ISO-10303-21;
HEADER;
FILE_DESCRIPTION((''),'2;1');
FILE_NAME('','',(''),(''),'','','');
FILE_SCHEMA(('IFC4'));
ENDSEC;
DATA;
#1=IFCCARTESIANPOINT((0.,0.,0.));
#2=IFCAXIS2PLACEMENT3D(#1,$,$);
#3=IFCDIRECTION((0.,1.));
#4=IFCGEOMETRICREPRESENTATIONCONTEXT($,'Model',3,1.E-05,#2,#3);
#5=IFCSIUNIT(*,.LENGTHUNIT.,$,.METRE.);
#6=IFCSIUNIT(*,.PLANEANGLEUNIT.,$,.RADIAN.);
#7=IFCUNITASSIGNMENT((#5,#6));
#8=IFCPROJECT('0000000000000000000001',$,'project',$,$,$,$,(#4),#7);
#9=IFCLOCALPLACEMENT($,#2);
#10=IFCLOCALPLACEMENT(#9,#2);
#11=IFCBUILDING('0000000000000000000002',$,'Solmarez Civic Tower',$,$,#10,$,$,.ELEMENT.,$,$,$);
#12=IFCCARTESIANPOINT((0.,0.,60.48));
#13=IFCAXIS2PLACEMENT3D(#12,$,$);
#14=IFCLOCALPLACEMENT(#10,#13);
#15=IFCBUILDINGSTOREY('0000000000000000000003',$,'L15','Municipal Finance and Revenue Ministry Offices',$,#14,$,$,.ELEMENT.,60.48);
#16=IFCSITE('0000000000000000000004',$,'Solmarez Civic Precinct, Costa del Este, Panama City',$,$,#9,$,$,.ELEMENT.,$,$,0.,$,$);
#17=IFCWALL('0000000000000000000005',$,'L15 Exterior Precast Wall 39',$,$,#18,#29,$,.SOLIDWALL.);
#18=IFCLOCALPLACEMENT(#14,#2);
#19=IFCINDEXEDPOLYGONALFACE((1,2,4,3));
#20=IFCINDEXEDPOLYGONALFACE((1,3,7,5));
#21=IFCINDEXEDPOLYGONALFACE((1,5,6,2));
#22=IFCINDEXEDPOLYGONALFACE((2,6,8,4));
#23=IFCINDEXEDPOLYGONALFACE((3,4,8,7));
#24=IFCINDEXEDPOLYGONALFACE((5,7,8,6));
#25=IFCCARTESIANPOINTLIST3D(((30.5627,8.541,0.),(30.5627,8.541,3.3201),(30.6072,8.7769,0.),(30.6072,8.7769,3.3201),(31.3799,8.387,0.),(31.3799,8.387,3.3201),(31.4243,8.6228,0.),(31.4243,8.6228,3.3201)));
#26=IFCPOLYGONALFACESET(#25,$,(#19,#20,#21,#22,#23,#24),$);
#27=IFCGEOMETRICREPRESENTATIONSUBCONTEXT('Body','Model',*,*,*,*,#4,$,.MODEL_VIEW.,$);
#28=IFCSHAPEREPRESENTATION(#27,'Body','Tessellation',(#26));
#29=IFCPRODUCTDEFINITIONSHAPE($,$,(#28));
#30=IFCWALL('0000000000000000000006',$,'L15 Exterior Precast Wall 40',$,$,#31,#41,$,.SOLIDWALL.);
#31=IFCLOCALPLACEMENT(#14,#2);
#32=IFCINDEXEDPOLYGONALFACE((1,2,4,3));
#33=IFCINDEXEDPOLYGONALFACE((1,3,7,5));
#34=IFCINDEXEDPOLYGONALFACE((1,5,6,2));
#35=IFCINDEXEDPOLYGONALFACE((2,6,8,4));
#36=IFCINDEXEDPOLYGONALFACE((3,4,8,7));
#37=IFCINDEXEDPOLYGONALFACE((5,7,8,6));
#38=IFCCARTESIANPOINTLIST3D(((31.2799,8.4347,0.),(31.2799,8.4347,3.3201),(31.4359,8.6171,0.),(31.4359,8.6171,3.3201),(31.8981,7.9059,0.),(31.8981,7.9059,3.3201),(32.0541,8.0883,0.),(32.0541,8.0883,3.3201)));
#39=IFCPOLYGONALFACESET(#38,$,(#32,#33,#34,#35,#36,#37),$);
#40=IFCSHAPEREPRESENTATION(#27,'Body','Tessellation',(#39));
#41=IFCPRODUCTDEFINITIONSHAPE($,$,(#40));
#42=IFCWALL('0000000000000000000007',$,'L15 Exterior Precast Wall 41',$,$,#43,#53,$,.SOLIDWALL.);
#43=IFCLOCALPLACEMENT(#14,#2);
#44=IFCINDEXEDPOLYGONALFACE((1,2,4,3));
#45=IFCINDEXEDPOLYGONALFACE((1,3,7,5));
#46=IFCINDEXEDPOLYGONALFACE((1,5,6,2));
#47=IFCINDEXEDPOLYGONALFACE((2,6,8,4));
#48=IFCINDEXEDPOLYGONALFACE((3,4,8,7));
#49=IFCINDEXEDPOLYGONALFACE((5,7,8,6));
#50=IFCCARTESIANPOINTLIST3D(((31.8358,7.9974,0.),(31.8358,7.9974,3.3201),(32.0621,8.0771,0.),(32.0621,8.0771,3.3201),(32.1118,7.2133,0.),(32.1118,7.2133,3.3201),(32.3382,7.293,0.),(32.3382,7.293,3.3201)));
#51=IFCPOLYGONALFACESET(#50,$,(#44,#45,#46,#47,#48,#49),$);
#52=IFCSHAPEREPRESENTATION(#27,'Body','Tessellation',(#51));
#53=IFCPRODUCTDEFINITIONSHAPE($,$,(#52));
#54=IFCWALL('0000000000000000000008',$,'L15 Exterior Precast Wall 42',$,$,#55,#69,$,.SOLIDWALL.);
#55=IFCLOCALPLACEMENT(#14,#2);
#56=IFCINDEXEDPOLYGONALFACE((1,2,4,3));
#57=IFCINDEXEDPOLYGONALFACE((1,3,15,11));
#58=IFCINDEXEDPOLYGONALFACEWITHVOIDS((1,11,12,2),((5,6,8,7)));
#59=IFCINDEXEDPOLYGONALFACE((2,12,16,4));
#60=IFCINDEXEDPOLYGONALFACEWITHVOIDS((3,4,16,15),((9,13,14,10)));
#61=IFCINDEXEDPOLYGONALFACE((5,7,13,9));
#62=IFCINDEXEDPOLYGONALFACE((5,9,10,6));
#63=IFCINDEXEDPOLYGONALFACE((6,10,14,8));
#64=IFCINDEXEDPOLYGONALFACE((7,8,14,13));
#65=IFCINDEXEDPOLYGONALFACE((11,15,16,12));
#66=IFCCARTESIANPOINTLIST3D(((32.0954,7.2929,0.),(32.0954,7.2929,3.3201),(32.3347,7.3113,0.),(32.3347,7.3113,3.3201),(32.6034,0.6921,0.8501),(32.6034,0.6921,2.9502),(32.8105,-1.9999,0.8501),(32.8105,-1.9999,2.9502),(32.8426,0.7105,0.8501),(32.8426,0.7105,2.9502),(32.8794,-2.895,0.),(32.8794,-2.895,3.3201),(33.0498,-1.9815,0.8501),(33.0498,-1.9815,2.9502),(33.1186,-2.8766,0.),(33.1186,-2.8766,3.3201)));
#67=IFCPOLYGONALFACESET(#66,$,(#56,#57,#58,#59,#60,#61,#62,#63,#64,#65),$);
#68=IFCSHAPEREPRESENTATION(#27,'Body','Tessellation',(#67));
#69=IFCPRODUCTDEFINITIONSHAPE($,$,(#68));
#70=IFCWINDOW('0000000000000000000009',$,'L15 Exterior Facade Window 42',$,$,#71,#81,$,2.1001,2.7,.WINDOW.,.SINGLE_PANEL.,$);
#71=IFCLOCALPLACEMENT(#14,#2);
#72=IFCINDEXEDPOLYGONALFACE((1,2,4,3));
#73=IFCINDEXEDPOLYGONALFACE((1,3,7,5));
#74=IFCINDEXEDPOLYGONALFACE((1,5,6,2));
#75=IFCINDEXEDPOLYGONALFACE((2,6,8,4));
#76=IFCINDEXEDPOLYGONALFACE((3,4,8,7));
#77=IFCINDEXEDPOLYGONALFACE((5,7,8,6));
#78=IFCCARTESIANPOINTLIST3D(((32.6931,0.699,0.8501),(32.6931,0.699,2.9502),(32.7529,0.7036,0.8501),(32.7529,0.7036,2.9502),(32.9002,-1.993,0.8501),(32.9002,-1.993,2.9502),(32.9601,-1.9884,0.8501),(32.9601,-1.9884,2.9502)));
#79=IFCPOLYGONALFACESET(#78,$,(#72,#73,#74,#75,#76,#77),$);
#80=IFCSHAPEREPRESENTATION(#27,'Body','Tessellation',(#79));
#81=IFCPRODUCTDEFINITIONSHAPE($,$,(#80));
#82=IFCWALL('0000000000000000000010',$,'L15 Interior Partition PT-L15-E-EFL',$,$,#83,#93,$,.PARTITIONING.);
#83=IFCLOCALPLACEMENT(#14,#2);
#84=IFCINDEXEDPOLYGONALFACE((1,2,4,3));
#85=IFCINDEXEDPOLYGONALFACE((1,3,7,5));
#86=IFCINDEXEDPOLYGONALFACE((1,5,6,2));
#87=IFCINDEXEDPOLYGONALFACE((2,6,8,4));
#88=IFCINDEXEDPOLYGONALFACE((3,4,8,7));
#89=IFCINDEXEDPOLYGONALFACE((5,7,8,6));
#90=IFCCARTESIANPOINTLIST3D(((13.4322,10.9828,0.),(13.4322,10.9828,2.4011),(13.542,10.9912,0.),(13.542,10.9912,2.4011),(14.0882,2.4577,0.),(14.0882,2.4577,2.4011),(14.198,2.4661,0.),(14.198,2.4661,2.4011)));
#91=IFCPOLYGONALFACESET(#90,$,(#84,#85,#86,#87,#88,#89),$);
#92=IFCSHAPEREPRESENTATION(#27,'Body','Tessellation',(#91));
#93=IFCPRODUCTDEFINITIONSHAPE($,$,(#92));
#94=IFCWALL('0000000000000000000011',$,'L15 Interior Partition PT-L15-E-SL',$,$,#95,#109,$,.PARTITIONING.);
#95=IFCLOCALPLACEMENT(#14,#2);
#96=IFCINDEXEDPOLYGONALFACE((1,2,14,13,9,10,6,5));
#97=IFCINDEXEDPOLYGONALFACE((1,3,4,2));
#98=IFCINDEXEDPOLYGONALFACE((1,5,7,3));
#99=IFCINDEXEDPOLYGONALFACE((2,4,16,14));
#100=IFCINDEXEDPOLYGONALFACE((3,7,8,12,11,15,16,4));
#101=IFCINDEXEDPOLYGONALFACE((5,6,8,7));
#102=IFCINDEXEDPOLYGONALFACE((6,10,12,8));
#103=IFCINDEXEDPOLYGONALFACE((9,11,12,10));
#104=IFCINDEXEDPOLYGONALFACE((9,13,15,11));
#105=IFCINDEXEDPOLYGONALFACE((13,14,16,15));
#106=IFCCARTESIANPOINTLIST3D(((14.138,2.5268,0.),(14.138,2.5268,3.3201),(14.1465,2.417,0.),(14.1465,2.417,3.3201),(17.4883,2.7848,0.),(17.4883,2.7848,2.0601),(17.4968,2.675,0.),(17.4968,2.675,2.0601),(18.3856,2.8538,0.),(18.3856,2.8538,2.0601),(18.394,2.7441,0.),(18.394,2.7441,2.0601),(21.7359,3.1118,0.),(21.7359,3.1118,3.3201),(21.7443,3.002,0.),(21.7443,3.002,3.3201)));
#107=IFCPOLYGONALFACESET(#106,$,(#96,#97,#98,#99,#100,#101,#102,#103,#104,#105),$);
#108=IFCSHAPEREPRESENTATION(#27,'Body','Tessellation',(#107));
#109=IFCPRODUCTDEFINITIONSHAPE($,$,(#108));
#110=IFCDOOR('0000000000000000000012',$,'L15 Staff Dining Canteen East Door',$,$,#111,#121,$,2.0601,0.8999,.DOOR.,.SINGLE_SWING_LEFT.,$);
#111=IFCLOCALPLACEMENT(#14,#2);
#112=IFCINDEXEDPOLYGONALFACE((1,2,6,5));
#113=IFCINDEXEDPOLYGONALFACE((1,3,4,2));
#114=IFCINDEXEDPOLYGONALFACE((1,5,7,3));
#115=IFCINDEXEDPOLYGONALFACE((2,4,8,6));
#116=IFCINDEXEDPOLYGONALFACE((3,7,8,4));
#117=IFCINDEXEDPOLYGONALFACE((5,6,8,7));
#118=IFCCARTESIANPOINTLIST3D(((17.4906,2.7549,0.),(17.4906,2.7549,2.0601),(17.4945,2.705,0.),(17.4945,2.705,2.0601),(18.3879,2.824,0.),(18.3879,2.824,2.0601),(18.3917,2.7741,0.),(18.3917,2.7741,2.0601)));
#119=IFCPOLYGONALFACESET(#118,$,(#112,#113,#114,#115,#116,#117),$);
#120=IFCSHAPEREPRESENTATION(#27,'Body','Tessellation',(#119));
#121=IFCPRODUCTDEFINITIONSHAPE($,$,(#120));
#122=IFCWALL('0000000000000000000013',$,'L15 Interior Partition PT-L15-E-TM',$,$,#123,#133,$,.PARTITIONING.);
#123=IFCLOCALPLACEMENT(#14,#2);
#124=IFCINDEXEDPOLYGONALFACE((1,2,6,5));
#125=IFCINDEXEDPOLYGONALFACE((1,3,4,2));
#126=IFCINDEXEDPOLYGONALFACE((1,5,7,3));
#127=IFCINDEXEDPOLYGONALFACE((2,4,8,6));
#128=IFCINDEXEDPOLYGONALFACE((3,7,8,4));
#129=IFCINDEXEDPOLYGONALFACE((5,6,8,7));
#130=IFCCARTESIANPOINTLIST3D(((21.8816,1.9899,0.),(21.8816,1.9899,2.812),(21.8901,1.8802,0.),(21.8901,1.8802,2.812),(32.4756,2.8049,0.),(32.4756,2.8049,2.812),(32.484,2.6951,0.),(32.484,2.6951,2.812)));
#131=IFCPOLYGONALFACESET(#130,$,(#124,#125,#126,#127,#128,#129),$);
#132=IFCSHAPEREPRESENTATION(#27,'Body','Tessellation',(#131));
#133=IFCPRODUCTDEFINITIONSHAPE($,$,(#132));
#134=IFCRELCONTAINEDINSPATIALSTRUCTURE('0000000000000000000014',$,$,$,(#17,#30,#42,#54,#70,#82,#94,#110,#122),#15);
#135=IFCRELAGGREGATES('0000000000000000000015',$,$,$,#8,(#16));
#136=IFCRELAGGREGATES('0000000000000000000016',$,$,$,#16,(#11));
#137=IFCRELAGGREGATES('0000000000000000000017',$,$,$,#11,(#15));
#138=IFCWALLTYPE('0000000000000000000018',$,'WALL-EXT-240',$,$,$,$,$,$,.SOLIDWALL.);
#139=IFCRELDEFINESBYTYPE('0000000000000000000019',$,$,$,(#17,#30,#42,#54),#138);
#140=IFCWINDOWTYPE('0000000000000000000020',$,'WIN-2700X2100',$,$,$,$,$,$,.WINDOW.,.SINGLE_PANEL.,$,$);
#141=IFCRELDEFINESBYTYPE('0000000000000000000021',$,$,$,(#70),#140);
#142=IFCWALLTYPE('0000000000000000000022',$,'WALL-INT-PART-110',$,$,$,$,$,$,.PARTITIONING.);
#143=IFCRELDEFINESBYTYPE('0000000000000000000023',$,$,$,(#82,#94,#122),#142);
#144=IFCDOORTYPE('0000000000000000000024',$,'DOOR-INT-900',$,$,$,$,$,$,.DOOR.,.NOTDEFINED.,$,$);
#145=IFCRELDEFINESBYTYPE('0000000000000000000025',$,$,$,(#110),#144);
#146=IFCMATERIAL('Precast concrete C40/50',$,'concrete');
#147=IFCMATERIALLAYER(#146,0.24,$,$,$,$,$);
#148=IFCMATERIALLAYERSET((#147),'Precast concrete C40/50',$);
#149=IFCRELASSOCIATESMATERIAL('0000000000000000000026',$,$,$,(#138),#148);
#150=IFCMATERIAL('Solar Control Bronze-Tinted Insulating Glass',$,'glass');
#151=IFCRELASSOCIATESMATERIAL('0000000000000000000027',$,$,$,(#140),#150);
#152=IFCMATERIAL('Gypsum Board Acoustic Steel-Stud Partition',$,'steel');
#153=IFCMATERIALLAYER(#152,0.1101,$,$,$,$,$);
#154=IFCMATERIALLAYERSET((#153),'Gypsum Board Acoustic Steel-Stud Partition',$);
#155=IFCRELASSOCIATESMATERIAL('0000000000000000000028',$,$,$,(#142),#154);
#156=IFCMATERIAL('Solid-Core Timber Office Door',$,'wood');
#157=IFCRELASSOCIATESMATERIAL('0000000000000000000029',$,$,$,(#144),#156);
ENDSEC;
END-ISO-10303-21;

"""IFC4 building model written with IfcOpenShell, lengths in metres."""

from ifc_helpers import new_model, si_unit, direction, frame, frame_2d, origin, place, context, subcontext, project, spatial, rectangle, extrude, material, layer, layer_set, type_object, element, fill, save


model = new_model("IFC4")

# Units and contexts
model_context = context("Model", 3, precision=1e-05, world=origin(), true_north=direction((0.0, 1.0)))
body_context = subcontext(model_context, "Body", "Model", "MODEL_VIEW")
ifc_project = project(units=[si_unit("LENGTHUNIT", "METRE"), si_unit("PLANEANGLEUNIT", "RADIAN")], contexts=[model_context])

# Site, building, storey
site_placement = place(None, origin())
site = spatial("IfcSite", under=ifc_project, at=site_placement, Name="Solmarez Civic Precinct, Costa del Este, Panama City", CompositionType="ELEMENT", RefElevation=0.0)
building_placement = place(site_placement, origin())
building = spatial("IfcBuilding", under=site, at=building_placement, Name="Solmarez Civic Tower", CompositionType="ELEMENT")
storey_placement = place(building_placement, frame((0.0, 0.0, 60.48)))
storey = spatial("IfcBuildingStorey", under=building, at=storey_placement, Name="L15", Description="Municipal Finance and Revenue Ministry Offices", CompositionType="ELEMENT", Elevation=60.48)

# Shared definitions
ifc_material_1 = material(Name="Precast concrete C40/50", Category="concrete")
ifc_layer_1 = layer(ifc_material_1, 0.24)
ifc_layer_set_1 = layer_set([ifc_layer_1], Name="Precast concrete C40/50")
wall_type_1 = type_object("IfcWallType", Name="WALL-EXT-240", PredefinedType="SOLIDWALL", material=ifc_layer_set_1)

# Shared definitions
ifc_material_2 = material(Name="Solar Control Bronze-Tinted Insulating Glass", Category="glass")

# Walls
wall_1_placement = place(storey_placement, frame((30.585, 8.6589, 0.0), z_axis=(0.0, 0.0, 1.0), x_axis=(0.982689, -0.185263, 0.0)))
element("IfcWall", 1, at=wall_1_placement, inside=storey, type_object=wall_type_1, Name="L15 Exterior Precast Wall 39", PredefinedType="SOLIDWALL", context=body_context, shape_type="SweptSolid", body=[
    extrude(rectangle(XDim=0.8315, YDim=0.24, at=frame_2d((0.4158, 0.0))), origin(), (0.0, 0.0, 1.0), 3.3201),
])
wall_2_placement = place(storey_placement, frame((31.3579, 8.5259, 0.0), z_axis=(0.0, 0.0, 1.0), x_axis=(0.759892, -0.65005, 0.0)))
element("IfcWall", 2, at=wall_2_placement, inside=storey, type_object=wall_type_1, Name="L15 Exterior Precast Wall 40", PredefinedType="SOLIDWALL", context=body_context, shape_type="SweptSolid", body=[
    extrude(rectangle(XDim=0.8135, YDim=0.24, at=frame_2d((0.4067, 0.0))), origin(), (0.0, 0.0, 1.0), 3.3201),
])
wall_3_placement = place(storey_placement, frame((31.949, 8.0371, 0.0), z_axis=(0.0, 0.0, 1.0), x_axis=(0.332129, -0.943234, 0.0)))
element("IfcWall", 3, at=wall_3_placement, inside=storey, type_object=wall_type_1, Name="L15 Exterior Precast Wall 41", PredefinedType="SOLIDWALL", context=body_context, shape_type="SweptSolid", body=[
    extrude(rectangle(XDim=0.8313, YDim=0.24, at=frame_2d((0.4155, 0.0))), origin(), (0.0, 0.0, 1.0), 3.3201),
])

# Wall, opening, window
wall_4_placement = place(storey_placement, frame((32.2151, 7.302, 0.0), z_axis=(0.0, 0.0, 1.0), x_axis=(0.07672, -0.997053, 0.0)))
wall_4 = element("IfcWall", 4, at=wall_4_placement, inside=storey, type_object=wall_type_1, Name="L15 Exterior Precast Wall 42", PredefinedType="SOLIDWALL", context=body_context, shape_type="SweptSolid", body=[
    extrude(rectangle(XDim=10.218, YDim=0.24, at=frame_2d((5.1089, 0.0))), origin(), (0.0, 0.0, 1.0), 3.3201),
])
opening_1_placement = place(wall_4_placement, frame((6.6201, 0.0, 0.8501)))
opening_1 = element("IfcOpeningElement", 5, at=opening_1_placement, cuts=wall_4, PredefinedType="OPENING", context=body_context, shape_type="SweptSolid", body=[
    extrude(rectangle(XDim=2.7, YDim=2.1001, at=frame_2d((1.3501, 1.05))), frame((0.0, 0.1299, 0.0), z_axis=(0.0, -1.0, 0.0), x_axis=(1.0, 0.0, 0.0)), (0.0, 0.0, 1.0), 0.26),
])
window_type_1 = type_object("IfcWindowType", Name="WIN-2700X2100", PartitioningType="SINGLE_PANEL", PredefinedType="WINDOW", material=ifc_material_2)
window_1_placement = place(opening_1_placement, origin())
window_1 = element("IfcWindow", 6, at=window_1_placement, inside=storey, type_object=window_type_1, Name="L15 Exterior Facade Window 42", OverallHeight=2.1001, OverallWidth=2.7, PartitioningType="SINGLE_PANEL", PredefinedType="WINDOW", context=body_context, shape_type="SweptSolid", body=[
    extrude(rectangle(XDim=2.7, YDim=2.1001, at=frame_2d((1.3501, 1.05))), frame((0.0, 0.03, 0.0), z_axis=(0.0, -1.0, 0.0), x_axis=(1.0, 0.0, 0.0)), (0.0, 0.0, 1.0), 0.0601),
])
fill(opening_1, window_1)

# Wall
ifc_material_3 = material(Name="Gypsum Board Acoustic Steel-Stud Partition", Category="steel")
ifc_layer_2 = layer(ifc_material_3, 0.1101)
ifc_layer_set_2 = layer_set([ifc_layer_2], Name="Gypsum Board Acoustic Steel-Stud Partition")
wall_type_2 = type_object("IfcWallType", Name="WALL-INT-PART-110", PredefinedType="PARTITIONING", material=ifc_layer_set_2)
wall_5_placement = place(storey_placement, frame((14.1431, 2.4619, 0.0), z_axis=(0.0, 0.0, 1.0), x_axis=(-0.076723, 0.997052, 0.0)))
element("IfcWall", 7, at=wall_5_placement, inside=storey, type_object=wall_type_2, Name="L15 Interior Partition PT-L15-E-EFL", PredefinedType="PARTITIONING", context=body_context, shape_type="SweptSolid", body=[
    extrude(rectangle(XDim=8.5503, YDim=0.1101, at=frame_2d((4.2751, 0.0))), origin(), (0.0, 0.0, 1.0), 2.4011),
])

# Wall, opening, door
wall_6_placement = place(storey_placement, frame((21.74, 3.0569, 0.0), z_axis=(0.0, 0.0, 1.0), x_axis=(-0.997049, -0.076763, 0.0)))
wall_6 = element("IfcWall", 8, at=wall_6_placement, inside=storey, type_object=wall_type_2, Name="L15 Interior Partition PT-L15-E-SL", PredefinedType="PARTITIONING", context=body_context, shape_type="SweptSolid", body=[
    extrude(rectangle(XDim=7.6204, YDim=0.1101, at=frame_2d((3.8101, 0.0))), origin(), (0.0, 0.0, 1.0), 3.3201),
])
opening_2_placement = place(wall_6_placement, frame((3.3601, 0.0, 0.0)))
opening_2 = element("IfcOpeningElement", 9, at=opening_2_placement, cuts=wall_6, PredefinedType="OPENING", context=body_context, shape_type="SweptSolid", body=[
    extrude(rectangle(XDim=0.8999, YDim=2.0601, at=frame_2d((0.45, 1.03))), frame((0.0, 0.0649, 0.0), z_axis=(0.0, -1.0, 0.0), x_axis=(1.0, 0.0, 0.0)), (0.0, 0.0, 1.0), 0.1301),
])
ifc_material_4 = material(Name="Solid-Core Timber Office Door", Category="wood")
door_type_1 = type_object("IfcDoorType", Name="DOOR-INT-900", OperationType="NOTDEFINED", PredefinedType="DOOR", material=ifc_material_4)
door_1_placement = place(opening_2_placement, origin())
door_1 = element("IfcDoor", 10, at=door_1_placement, inside=storey, type_object=door_type_1, Name="L15 Staff Dining Canteen East Door", OperationType="SINGLE_SWING_LEFT", OverallHeight=2.0601, OverallWidth=0.8999, PredefinedType="DOOR", context=body_context, shape_type="SweptSolid", body=[
    extrude(rectangle(XDim=0.8999, YDim=2.0601, at=frame_2d((0.45, 1.03))), frame((0.0, 0.0249, 0.0), z_axis=(0.0, -1.0, 0.0), x_axis=(1.0, 0.0, 0.0)), (0.0, 0.0, 1.0), 0.05),
])
fill(opening_2, door_1)

# Wall
wall_7_placement = place(storey_placement, frame((21.886, 1.9351, 0.0), z_axis=(0.0, 0.0, 1.0), x_axis=(0.997054, 0.076698, 0.0)))
element("IfcWall", 11, at=wall_7_placement, inside=storey, type_object=wall_type_2, Name="L15 Interior Partition PT-L15-E-TM", PredefinedType="PARTITIONING", context=body_context, shape_type="SweptSolid", body=[
    extrude(rectangle(XDim=10.6252, YDim=0.1101, at=frame_2d((5.3125, 0.0))), origin(), (0.0, 0.0, 1.0), 2.812),
])

save(model, "model.ifc")
